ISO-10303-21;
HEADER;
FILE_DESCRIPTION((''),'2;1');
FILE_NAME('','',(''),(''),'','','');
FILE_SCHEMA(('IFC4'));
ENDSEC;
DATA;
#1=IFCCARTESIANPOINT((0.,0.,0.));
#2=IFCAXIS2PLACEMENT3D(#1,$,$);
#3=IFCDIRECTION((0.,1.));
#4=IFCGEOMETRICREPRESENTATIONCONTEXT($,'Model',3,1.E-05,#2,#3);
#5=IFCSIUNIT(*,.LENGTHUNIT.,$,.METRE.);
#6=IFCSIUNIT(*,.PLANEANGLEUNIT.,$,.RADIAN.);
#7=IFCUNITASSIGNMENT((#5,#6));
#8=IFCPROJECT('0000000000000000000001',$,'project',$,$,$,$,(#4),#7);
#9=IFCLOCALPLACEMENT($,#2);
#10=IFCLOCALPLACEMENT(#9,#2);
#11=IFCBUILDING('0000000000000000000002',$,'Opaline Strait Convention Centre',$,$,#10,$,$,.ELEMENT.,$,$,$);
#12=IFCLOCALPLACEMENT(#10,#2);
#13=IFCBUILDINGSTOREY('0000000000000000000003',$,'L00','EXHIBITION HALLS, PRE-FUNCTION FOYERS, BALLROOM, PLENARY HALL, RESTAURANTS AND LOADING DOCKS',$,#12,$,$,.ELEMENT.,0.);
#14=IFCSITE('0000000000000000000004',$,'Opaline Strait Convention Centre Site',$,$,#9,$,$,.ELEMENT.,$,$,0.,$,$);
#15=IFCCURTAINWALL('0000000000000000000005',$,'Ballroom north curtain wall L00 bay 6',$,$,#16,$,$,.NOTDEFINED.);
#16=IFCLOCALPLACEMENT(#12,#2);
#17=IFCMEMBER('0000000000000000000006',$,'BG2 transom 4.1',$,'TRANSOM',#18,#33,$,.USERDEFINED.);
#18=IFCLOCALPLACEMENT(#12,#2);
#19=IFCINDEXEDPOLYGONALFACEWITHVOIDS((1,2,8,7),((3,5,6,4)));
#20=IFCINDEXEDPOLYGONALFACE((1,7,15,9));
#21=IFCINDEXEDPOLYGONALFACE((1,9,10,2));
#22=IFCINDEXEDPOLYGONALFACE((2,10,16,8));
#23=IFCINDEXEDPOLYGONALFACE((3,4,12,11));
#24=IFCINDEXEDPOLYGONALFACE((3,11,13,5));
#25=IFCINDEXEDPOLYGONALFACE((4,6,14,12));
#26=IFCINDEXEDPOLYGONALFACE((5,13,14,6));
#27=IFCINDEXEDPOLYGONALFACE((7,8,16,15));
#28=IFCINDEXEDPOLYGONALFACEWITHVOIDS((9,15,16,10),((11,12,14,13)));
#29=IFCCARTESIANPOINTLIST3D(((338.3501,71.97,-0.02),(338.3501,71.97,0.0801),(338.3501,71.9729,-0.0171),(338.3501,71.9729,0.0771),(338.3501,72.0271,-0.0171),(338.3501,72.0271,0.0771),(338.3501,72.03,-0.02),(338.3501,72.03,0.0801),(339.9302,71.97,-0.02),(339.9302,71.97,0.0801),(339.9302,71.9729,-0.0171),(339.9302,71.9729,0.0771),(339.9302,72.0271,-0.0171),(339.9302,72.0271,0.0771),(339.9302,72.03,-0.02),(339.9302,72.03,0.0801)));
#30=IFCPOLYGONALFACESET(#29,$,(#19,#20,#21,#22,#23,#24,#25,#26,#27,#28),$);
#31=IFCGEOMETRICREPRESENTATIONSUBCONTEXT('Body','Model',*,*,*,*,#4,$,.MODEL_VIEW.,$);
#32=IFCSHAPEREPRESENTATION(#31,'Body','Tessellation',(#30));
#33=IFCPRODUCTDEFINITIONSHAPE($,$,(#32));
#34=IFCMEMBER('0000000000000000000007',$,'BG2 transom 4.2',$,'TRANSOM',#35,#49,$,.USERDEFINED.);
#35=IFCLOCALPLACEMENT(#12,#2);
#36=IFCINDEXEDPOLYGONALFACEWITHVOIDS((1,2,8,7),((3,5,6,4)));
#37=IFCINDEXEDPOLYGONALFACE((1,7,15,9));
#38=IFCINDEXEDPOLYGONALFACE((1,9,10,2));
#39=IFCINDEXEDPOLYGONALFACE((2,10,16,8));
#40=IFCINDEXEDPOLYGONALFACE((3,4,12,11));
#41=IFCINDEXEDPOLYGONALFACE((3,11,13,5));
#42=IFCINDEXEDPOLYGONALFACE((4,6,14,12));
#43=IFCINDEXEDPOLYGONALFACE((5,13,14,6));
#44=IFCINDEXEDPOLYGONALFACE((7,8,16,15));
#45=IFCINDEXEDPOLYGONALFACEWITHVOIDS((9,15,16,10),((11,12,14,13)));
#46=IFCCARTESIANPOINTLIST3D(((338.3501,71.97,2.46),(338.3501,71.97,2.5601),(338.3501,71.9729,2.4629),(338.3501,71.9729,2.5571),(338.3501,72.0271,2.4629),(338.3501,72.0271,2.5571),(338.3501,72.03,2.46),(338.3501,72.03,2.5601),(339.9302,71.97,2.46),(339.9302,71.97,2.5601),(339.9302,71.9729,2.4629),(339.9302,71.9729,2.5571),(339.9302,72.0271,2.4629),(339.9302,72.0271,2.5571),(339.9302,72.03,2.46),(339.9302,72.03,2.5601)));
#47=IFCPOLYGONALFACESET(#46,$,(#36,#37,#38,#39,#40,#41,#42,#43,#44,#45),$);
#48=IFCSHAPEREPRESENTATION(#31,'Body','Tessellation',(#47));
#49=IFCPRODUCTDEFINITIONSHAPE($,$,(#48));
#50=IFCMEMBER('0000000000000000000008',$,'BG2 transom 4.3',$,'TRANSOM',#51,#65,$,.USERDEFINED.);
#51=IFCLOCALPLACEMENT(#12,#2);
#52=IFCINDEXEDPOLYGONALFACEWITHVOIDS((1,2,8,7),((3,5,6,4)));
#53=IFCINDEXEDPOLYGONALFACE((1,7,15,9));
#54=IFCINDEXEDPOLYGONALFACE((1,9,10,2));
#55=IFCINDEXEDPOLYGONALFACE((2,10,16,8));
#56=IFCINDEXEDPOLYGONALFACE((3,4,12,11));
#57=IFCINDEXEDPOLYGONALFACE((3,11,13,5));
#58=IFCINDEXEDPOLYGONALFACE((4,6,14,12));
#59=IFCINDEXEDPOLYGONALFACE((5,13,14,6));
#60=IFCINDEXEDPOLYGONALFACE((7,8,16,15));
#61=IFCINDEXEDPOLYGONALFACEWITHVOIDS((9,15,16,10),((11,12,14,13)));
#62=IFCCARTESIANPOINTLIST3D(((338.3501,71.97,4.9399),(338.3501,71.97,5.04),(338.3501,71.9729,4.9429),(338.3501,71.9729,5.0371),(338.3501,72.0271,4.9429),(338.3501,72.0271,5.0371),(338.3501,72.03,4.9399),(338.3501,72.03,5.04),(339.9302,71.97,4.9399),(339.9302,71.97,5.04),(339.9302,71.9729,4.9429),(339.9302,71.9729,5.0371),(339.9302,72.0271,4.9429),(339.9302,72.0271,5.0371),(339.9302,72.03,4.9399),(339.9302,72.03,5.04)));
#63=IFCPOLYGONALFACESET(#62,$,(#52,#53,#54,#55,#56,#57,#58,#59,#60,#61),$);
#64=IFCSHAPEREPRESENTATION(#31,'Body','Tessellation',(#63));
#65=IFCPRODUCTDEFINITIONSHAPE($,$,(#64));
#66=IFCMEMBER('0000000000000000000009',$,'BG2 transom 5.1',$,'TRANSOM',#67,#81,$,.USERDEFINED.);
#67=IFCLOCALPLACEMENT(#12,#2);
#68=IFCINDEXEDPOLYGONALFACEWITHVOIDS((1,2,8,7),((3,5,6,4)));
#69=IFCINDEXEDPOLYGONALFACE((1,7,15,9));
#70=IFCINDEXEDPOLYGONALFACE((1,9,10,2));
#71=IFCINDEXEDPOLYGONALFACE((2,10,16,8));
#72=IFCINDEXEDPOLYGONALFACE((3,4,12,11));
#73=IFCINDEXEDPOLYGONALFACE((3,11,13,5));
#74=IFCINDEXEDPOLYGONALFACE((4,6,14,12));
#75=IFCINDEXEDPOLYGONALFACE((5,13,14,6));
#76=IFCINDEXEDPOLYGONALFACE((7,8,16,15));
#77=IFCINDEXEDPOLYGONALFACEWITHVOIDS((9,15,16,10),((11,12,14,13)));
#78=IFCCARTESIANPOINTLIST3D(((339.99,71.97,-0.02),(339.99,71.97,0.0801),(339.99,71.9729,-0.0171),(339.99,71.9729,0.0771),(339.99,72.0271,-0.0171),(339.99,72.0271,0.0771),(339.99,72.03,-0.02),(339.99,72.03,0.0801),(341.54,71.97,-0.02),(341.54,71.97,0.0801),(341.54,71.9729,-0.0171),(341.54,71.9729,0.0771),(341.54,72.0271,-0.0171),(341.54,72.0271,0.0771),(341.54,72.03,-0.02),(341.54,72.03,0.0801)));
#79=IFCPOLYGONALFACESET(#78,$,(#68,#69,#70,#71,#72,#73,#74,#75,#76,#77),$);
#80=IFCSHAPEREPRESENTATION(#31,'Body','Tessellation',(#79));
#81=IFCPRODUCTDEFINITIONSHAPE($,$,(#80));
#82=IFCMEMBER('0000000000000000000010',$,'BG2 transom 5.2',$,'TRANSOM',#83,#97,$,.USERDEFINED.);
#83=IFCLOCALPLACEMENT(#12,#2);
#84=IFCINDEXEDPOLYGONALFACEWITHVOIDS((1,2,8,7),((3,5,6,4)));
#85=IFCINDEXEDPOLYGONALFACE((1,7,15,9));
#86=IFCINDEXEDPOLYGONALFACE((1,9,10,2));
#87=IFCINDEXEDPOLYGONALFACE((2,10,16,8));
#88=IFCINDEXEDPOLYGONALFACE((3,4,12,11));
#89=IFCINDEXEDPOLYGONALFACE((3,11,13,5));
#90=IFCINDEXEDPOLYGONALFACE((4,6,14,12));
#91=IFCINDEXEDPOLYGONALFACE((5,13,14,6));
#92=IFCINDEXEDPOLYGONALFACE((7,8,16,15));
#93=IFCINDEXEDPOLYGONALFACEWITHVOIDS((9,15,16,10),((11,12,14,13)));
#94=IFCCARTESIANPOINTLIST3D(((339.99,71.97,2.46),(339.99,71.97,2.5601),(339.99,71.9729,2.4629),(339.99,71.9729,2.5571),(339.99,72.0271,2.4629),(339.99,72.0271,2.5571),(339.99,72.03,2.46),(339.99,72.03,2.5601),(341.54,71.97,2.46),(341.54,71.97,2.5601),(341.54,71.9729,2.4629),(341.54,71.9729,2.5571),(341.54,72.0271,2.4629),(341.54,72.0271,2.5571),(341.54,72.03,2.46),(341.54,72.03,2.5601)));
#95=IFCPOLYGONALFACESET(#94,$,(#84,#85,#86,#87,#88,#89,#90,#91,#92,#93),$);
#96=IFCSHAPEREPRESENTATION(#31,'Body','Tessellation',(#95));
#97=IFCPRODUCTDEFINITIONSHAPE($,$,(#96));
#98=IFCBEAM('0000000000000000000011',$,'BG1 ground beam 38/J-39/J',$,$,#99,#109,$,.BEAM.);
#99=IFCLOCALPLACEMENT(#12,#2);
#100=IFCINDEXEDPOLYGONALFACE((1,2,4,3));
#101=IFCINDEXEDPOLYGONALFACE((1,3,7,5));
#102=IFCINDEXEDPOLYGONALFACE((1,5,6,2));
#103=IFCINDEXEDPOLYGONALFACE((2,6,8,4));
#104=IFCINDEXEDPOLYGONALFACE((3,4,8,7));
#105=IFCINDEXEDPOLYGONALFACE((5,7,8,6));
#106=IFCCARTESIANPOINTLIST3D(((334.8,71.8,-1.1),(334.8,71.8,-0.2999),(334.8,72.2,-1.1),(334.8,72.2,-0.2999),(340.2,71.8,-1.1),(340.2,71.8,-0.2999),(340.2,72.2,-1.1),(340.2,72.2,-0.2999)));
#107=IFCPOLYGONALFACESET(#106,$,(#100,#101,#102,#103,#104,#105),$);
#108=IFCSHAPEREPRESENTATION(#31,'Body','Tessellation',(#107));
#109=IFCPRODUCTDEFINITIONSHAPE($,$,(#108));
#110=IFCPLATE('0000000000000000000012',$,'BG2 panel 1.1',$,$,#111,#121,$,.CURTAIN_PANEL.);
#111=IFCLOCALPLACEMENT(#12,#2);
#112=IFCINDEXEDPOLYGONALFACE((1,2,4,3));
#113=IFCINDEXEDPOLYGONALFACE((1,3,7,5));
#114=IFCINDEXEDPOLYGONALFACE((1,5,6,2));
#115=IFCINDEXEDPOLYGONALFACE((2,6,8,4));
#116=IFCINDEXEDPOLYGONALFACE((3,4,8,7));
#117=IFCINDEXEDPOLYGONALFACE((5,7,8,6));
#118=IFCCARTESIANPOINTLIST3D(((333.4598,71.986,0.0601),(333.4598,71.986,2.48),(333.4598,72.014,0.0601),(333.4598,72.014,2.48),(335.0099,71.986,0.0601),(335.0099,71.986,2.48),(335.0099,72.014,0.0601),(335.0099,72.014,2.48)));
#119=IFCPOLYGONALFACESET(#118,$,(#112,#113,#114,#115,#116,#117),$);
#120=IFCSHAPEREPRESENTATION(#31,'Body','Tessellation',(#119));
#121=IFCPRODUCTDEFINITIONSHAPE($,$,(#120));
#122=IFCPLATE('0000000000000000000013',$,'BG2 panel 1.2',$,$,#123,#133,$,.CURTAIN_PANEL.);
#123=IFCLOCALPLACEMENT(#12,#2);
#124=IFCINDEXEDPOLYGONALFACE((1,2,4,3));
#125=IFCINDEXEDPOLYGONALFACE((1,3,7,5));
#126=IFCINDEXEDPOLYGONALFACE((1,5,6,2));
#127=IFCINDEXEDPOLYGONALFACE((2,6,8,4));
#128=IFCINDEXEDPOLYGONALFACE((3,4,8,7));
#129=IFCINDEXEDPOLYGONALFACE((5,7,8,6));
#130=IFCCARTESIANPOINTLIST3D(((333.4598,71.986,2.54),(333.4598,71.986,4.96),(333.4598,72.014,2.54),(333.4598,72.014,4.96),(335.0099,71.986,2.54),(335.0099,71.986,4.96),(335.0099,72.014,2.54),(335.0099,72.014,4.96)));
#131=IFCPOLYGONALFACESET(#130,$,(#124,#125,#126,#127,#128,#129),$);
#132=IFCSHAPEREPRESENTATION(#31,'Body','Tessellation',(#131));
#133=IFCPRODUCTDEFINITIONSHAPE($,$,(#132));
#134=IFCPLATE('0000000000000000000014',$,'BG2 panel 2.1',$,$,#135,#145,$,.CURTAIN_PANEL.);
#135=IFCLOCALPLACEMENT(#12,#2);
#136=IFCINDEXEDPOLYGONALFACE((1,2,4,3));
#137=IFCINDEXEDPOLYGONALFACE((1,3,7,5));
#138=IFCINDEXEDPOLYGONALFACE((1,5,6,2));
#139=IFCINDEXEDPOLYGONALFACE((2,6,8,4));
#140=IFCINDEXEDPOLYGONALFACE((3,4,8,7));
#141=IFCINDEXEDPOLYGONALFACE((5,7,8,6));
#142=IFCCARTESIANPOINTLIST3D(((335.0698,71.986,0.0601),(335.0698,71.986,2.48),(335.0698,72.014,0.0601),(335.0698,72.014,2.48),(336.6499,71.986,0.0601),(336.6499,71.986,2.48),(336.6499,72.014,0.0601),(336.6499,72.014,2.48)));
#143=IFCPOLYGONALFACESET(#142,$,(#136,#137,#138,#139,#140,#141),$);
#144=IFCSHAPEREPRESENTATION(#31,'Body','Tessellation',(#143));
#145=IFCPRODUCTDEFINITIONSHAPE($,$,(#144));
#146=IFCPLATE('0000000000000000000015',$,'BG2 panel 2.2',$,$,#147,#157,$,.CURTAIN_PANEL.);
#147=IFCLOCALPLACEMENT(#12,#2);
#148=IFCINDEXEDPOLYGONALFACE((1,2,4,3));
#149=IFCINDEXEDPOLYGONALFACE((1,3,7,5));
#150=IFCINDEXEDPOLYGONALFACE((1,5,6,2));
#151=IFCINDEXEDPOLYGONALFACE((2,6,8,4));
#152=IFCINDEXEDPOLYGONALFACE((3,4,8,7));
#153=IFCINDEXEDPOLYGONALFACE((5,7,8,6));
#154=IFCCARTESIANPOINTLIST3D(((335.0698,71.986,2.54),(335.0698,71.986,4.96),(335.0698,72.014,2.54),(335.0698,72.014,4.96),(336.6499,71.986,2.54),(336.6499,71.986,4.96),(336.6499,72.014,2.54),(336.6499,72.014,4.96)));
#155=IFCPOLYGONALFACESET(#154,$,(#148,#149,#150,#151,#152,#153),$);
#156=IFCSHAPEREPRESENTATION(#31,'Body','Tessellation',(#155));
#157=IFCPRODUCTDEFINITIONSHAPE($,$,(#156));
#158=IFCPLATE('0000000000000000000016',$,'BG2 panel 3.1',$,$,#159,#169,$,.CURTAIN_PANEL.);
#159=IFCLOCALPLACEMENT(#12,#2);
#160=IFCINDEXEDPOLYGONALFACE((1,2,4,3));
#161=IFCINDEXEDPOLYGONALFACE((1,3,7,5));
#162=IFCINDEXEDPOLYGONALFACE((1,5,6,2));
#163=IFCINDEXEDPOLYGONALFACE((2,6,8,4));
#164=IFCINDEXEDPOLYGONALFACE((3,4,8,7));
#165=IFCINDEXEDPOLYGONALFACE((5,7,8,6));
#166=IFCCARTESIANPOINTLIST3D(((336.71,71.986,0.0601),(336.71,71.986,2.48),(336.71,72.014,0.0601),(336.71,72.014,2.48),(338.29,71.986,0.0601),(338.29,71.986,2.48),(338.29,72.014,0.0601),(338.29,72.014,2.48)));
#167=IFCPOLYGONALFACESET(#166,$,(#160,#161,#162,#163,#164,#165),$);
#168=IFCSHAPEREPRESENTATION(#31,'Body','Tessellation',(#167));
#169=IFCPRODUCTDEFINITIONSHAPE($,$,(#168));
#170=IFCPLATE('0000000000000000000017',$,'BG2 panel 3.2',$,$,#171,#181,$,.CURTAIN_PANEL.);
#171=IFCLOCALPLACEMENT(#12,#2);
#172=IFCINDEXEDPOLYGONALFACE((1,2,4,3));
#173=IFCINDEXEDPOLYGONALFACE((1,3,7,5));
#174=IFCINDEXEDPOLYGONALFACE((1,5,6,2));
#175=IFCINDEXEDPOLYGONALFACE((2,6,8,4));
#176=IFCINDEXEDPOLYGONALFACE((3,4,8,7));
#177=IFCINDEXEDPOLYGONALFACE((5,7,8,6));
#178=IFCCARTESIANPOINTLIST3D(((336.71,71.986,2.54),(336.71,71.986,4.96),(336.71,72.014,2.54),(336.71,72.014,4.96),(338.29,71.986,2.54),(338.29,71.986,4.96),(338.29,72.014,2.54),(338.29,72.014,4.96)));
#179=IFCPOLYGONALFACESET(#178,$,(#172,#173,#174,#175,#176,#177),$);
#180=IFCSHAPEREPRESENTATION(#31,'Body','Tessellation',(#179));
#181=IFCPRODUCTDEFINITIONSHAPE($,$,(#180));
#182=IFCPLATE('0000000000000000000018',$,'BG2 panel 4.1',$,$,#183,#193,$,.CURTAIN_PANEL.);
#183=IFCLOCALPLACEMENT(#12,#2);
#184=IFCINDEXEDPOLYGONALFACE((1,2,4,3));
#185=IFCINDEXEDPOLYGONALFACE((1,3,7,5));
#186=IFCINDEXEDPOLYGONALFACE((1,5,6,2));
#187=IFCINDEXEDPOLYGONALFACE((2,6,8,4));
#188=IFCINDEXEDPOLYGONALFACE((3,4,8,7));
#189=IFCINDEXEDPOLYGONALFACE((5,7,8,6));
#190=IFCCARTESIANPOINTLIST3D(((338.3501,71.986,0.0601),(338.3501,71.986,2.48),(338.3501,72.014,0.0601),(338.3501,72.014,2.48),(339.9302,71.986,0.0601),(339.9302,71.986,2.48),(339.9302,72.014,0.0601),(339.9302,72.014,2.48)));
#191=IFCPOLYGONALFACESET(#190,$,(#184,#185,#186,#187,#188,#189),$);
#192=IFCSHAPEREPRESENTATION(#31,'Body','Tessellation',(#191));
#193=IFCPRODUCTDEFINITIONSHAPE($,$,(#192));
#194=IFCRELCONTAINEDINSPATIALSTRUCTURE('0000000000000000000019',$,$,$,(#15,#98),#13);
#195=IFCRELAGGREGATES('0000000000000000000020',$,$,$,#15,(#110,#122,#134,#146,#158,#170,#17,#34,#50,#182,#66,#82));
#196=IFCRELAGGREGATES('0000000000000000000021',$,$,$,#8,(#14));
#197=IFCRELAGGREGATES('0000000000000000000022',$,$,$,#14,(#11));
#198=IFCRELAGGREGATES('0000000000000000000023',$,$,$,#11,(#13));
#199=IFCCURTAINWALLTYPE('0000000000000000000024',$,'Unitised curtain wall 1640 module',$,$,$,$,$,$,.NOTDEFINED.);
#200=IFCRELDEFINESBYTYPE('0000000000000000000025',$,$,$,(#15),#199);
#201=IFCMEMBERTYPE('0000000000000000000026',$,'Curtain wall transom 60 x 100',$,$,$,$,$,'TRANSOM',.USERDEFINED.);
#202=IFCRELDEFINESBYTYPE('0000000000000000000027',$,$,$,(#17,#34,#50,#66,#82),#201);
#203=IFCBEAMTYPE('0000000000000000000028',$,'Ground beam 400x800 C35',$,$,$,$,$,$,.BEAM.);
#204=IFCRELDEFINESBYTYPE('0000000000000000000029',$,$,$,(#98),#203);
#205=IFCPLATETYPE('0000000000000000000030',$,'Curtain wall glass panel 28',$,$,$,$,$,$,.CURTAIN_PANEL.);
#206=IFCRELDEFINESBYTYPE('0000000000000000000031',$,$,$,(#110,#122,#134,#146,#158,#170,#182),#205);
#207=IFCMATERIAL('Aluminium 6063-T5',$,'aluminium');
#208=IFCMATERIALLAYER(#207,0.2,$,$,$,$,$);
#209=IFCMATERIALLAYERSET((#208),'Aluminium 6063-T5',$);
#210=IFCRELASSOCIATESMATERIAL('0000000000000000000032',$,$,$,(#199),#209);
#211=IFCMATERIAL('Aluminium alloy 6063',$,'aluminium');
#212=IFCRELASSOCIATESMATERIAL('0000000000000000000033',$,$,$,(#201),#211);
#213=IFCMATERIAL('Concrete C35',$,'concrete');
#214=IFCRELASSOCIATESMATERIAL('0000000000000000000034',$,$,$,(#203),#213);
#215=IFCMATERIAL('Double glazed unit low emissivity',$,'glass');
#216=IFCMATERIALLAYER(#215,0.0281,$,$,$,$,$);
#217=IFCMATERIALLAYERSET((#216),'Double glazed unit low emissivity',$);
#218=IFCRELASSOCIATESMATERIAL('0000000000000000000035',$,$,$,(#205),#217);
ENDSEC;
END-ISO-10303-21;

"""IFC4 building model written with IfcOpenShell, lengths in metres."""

from ifc_helpers import new_model, si_unit, direction, frame, origin, origin_2d, place, context, subcontext, project, spatial, rectangle, hollow_rectangle, extrude, material, layer, layer_set, material_profile, profile_set, type_object, element, aggregate, save


model = new_model("IFC4")

# Units and contexts
model_context = context("Model", 3, precision=1e-05, world=origin(), true_north=direction((0.0, 1.0)))
body_context = subcontext(model_context, "Body", "Model", "MODEL_VIEW")
ifc_project = project(units=[si_unit("LENGTHUNIT", "METRE"), si_unit("PLANEANGLEUNIT", "RADIAN")], contexts=[model_context])

# Site, building, storey
site_placement = place(None, origin())
site = spatial("IfcSite", under=ifc_project, at=site_placement, Name="Opaline Strait Convention Centre Site", CompositionType="ELEMENT", RefElevation=0.0)
building_placement = place(site_placement, origin())
building = spatial("IfcBuilding", under=site, at=building_placement, Name="Opaline Strait Convention Centre", CompositionType="ELEMENT")
storey_placement = place(building_placement, origin())
storey = spatial("IfcBuildingStorey", under=building, at=storey_placement, Name="L00", Description="EXHIBITION HALLS, PRE-FUNCTION FOYERS, BALLROOM, PLENARY HALL, RESTAURANTS AND LOADING DOCKS", CompositionType="ELEMENT", Elevation=0.0)

# Curtain wall, members
ifc_material_1 = material(Name="Aluminium 6063-T5", Category="aluminium")
ifc_layer_1 = layer(ifc_material_1, 0.2)
ifc_layer_set_1 = layer_set([ifc_layer_1], Name="Aluminium 6063-T5")
curtain_wall_type = type_object("IfcCurtainWallType", Name="Unitised curtain wall 1640 module", PredefinedType="NOTDEFINED", material=ifc_layer_set_1)
curtain_wall_placement = place(storey_placement, origin())
curtain_wall = element("IfcCurtainWall", 1, at=curtain_wall_placement, inside=storey, type_object=curtain_wall_type, Name="Ballroom north curtain wall L00 bay 6", PredefinedType="NOTDEFINED")
ifc_material_2 = material(Name="Aluminium alloy 6063", Category="aluminium")
ifc_material_profile_1 = material_profile(ifc_material_2, hollow_rectangle(XDim=0.0601, YDim=0.1001, WallThickness=0.0029, at=origin_2d()), Name="TRANSOM 60x100x3")
ifc_profile_set_1 = profile_set([ifc_material_profile_1], Name="Aluminium alloy 6063")
member_type_1 = type_object("IfcMemberType", Name="Curtain wall transom 60 x 100", ElementType="TRANSOM", PredefinedType="USERDEFINED", material=ifc_profile_set_1)
member_1_placement = place(storey_placement, frame((338.3501, 72.0, 0.03), z_axis=(1.0, 0.0, 0.0), x_axis=(0.0, 1.0, 0.0)))
member_1 = element("IfcMember", 2, at=member_1_placement, type_object=member_type_1, Name="BG2 transom 4.1", ObjectType="TRANSOM", PredefinedType="USERDEFINED", context=body_context, shape_type="SweptSolid", body=[
    extrude(hollow_rectangle(XDim=0.0601, YDim=0.1001, WallThickness=0.0029, at=origin_2d()), origin(), (0.0, 0.0, 1.0), 1.5801),
])
member_2_placement = place(storey_placement, frame((338.3501, 72.0, 2.51), z_axis=(1.0, 0.0, 0.0), x_axis=(0.0, 1.0, 0.0)))
member_2 = element("IfcMember", 3, at=member_2_placement, type_object=member_type_1, Name="BG2 transom 4.2", ObjectType="TRANSOM", PredefinedType="USERDEFINED", context=body_context, shape_type="SweptSolid", body=[
    extrude(hollow_rectangle(XDim=0.0601, YDim=0.1001, WallThickness=0.0029, at=origin_2d()), origin(), (0.0, 0.0, 1.0), 1.5801),
])
member_3_placement = place(storey_placement, frame((338.3501, 72.0, 4.99), z_axis=(1.0, 0.0, 0.0), x_axis=(0.0, 1.0, 0.0)))
member_3 = element("IfcMember", 4, at=member_3_placement, type_object=member_type_1, Name="BG2 transom 4.3", ObjectType="TRANSOM", PredefinedType="USERDEFINED", context=body_context, shape_type="SweptSolid", body=[
    extrude(hollow_rectangle(XDim=0.0601, YDim=0.1001, WallThickness=0.0029, at=origin_2d()), origin(), (0.0, 0.0, 1.0), 1.5801),
])
member_4_placement = place(storey_placement, frame((339.99, 72.0, 0.03), z_axis=(1.0, 0.0, 0.0), x_axis=(0.0, 1.0, 0.0)))
member_4 = element("IfcMember", 5, at=member_4_placement, type_object=member_type_1, Name="BG2 transom 5.1", ObjectType="TRANSOM", PredefinedType="USERDEFINED", context=body_context, shape_type="SweptSolid", body=[
    extrude(hollow_rectangle(XDim=0.0601, YDim=0.1001, WallThickness=0.0029, at=origin_2d()), origin(), (0.0, 0.0, 1.0), 1.55),
])
member_5_placement = place(storey_placement, frame((339.99, 72.0, 2.51), z_axis=(1.0, 0.0, 0.0), x_axis=(0.0, 1.0, 0.0)))
member_5 = element("IfcMember", 6, at=member_5_placement, type_object=member_type_1, Name="BG2 transom 5.2", ObjectType="TRANSOM", PredefinedType="USERDEFINED", context=body_context, shape_type="SweptSolid", body=[
    extrude(hollow_rectangle(XDim=0.0601, YDim=0.1001, WallThickness=0.0029, at=origin_2d()), origin(), (0.0, 0.0, 1.0), 1.55),
])

# Beam
ifc_material_3 = material(Name="Concrete C35", Category="concrete")
ifc_material_profile_2 = material_profile(ifc_material_3, rectangle(XDim=0.3999, YDim=0.8, at=origin_2d()), Name="RC 400x800")
ifc_profile_set_2 = profile_set([ifc_material_profile_2], Name="Concrete C35")
beam_type = type_object("IfcBeamType", Name="Ground beam 400x800 C35", PredefinedType="BEAM", material=ifc_profile_set_2)
beam_placement = place(storey_placement, frame((334.8, 72.0, -0.7), z_axis=(1.0, 0.0, 0.0), x_axis=(0.0, 1.0, 0.0)))
element("IfcBeam", 7, at=beam_placement, inside=storey, type_object=beam_type, Name="BG1 ground beam 38/J-39/J", PredefinedType="BEAM", context=body_context, shape_type="SweptSolid", body=[
    extrude(rectangle(XDim=0.3999, YDim=0.8, at=origin_2d()), origin(), (0.0, 0.0, 1.0), 5.3999),
])

# Plates
ifc_material_4 = material(Name="Double glazed unit low emissivity", Category="glass")
ifc_layer_2 = layer(ifc_material_4, 0.0281)
ifc_layer_set_2 = layer_set([ifc_layer_2], Name="Double glazed unit low emissivity")
plate_type = type_object("IfcPlateType", Name="Curtain wall glass panel 28", PredefinedType="CURTAIN_PANEL", material=ifc_layer_set_2)
plate_1_placement = place(storey_placement, frame((334.2349, 72.0, 0.0601), z_axis=(0.0, 0.0, 1.0), x_axis=(1.0, 0.0, 0.0)))
plate_1 = element("IfcPlate", 8, at=plate_1_placement, type_object=plate_type, Name="BG2 panel 1.1", PredefinedType="CURTAIN_PANEL", context=body_context, shape_type="SweptSolid", body=[
    extrude(rectangle(XDim=1.55, YDim=0.0281, at=origin_2d()), origin(), (0.0, 0.0, 1.0), 2.4199),
])
plate_2_placement = place(storey_placement, frame((334.2349, 72.0, 2.54), z_axis=(0.0, 0.0, 1.0), x_axis=(1.0, 0.0, 0.0)))
plate_2 = element("IfcPlate", 9, at=plate_2_placement, type_object=plate_type, Name="BG2 panel 1.2", PredefinedType="CURTAIN_PANEL", context=body_context, shape_type="SweptSolid", body=[
    extrude(rectangle(XDim=1.55, YDim=0.0281, at=origin_2d()), origin(), (0.0, 0.0, 1.0), 2.4199),
])
plate_3_placement = place(storey_placement, frame((335.8599, 72.0, 0.0601), z_axis=(0.0, 0.0, 1.0), x_axis=(1.0, 0.0, 0.0)))
plate_3 = element("IfcPlate", 10, at=plate_3_placement, type_object=plate_type, Name="BG2 panel 2.1", PredefinedType="CURTAIN_PANEL", context=body_context, shape_type="SweptSolid", body=[
    extrude(rectangle(XDim=1.5801, YDim=0.0281, at=origin_2d()), origin(), (0.0, 0.0, 1.0), 2.4199),
])
plate_4_placement = place(storey_placement, frame((335.8599, 72.0, 2.54), z_axis=(0.0, 0.0, 1.0), x_axis=(1.0, 0.0, 0.0)))
plate_4 = element("IfcPlate", 11, at=plate_4_placement, type_object=plate_type, Name="BG2 panel 2.2", PredefinedType="CURTAIN_PANEL", context=body_context, shape_type="SweptSolid", body=[
    extrude(rectangle(XDim=1.5801, YDim=0.0281, at=origin_2d()), origin(), (0.0, 0.0, 1.0), 2.4199),
])
plate_5_placement = place(storey_placement, frame((337.5, 72.0, 0.0601), z_axis=(0.0, 0.0, 1.0), x_axis=(1.0, 0.0, 0.0)))
plate_5 = element("IfcPlate", 12, at=plate_5_placement, type_object=plate_type, Name="BG2 panel 3.1", PredefinedType="CURTAIN_PANEL", context=body_context, shape_type="SweptSolid", body=[
    extrude(rectangle(XDim=1.5801, YDim=0.0281, at=origin_2d()), origin(), (0.0, 0.0, 1.0), 2.4199),
])
plate_6_placement = place(storey_placement, frame((337.5, 72.0, 2.54), z_axis=(0.0, 0.0, 1.0), x_axis=(1.0, 0.0, 0.0)))
plate_6 = element("IfcPlate", 13, at=plate_6_placement, type_object=plate_type, Name="BG2 panel 3.2", PredefinedType="CURTAIN_PANEL", context=body_context, shape_type="SweptSolid", body=[
    extrude(rectangle(XDim=1.5801, YDim=0.0281, at=origin_2d()), origin(), (0.0, 0.0, 1.0), 2.4199),
])
plate_7_placement = place(storey_placement, frame((339.1401, 72.0, 0.0601), z_axis=(0.0, 0.0, 1.0), x_axis=(1.0, 0.0, 0.0)))
plate_7 = element("IfcPlate", 14, at=plate_7_placement, type_object=plate_type, Name="BG2 panel 4.1", PredefinedType="CURTAIN_PANEL", context=body_context, shape_type="SweptSolid", body=[
    extrude(rectangle(XDim=1.5801, YDim=0.0281, at=origin_2d()), origin(), (0.0, 0.0, 1.0), 2.4199),
])
aggregate(curtain_wall, [plate_1, plate_2, plate_3, plate_4, plate_5, plate_6, member_1, member_2, member_3, plate_7, member_4, member_5])

save(model, "model.ifc")
